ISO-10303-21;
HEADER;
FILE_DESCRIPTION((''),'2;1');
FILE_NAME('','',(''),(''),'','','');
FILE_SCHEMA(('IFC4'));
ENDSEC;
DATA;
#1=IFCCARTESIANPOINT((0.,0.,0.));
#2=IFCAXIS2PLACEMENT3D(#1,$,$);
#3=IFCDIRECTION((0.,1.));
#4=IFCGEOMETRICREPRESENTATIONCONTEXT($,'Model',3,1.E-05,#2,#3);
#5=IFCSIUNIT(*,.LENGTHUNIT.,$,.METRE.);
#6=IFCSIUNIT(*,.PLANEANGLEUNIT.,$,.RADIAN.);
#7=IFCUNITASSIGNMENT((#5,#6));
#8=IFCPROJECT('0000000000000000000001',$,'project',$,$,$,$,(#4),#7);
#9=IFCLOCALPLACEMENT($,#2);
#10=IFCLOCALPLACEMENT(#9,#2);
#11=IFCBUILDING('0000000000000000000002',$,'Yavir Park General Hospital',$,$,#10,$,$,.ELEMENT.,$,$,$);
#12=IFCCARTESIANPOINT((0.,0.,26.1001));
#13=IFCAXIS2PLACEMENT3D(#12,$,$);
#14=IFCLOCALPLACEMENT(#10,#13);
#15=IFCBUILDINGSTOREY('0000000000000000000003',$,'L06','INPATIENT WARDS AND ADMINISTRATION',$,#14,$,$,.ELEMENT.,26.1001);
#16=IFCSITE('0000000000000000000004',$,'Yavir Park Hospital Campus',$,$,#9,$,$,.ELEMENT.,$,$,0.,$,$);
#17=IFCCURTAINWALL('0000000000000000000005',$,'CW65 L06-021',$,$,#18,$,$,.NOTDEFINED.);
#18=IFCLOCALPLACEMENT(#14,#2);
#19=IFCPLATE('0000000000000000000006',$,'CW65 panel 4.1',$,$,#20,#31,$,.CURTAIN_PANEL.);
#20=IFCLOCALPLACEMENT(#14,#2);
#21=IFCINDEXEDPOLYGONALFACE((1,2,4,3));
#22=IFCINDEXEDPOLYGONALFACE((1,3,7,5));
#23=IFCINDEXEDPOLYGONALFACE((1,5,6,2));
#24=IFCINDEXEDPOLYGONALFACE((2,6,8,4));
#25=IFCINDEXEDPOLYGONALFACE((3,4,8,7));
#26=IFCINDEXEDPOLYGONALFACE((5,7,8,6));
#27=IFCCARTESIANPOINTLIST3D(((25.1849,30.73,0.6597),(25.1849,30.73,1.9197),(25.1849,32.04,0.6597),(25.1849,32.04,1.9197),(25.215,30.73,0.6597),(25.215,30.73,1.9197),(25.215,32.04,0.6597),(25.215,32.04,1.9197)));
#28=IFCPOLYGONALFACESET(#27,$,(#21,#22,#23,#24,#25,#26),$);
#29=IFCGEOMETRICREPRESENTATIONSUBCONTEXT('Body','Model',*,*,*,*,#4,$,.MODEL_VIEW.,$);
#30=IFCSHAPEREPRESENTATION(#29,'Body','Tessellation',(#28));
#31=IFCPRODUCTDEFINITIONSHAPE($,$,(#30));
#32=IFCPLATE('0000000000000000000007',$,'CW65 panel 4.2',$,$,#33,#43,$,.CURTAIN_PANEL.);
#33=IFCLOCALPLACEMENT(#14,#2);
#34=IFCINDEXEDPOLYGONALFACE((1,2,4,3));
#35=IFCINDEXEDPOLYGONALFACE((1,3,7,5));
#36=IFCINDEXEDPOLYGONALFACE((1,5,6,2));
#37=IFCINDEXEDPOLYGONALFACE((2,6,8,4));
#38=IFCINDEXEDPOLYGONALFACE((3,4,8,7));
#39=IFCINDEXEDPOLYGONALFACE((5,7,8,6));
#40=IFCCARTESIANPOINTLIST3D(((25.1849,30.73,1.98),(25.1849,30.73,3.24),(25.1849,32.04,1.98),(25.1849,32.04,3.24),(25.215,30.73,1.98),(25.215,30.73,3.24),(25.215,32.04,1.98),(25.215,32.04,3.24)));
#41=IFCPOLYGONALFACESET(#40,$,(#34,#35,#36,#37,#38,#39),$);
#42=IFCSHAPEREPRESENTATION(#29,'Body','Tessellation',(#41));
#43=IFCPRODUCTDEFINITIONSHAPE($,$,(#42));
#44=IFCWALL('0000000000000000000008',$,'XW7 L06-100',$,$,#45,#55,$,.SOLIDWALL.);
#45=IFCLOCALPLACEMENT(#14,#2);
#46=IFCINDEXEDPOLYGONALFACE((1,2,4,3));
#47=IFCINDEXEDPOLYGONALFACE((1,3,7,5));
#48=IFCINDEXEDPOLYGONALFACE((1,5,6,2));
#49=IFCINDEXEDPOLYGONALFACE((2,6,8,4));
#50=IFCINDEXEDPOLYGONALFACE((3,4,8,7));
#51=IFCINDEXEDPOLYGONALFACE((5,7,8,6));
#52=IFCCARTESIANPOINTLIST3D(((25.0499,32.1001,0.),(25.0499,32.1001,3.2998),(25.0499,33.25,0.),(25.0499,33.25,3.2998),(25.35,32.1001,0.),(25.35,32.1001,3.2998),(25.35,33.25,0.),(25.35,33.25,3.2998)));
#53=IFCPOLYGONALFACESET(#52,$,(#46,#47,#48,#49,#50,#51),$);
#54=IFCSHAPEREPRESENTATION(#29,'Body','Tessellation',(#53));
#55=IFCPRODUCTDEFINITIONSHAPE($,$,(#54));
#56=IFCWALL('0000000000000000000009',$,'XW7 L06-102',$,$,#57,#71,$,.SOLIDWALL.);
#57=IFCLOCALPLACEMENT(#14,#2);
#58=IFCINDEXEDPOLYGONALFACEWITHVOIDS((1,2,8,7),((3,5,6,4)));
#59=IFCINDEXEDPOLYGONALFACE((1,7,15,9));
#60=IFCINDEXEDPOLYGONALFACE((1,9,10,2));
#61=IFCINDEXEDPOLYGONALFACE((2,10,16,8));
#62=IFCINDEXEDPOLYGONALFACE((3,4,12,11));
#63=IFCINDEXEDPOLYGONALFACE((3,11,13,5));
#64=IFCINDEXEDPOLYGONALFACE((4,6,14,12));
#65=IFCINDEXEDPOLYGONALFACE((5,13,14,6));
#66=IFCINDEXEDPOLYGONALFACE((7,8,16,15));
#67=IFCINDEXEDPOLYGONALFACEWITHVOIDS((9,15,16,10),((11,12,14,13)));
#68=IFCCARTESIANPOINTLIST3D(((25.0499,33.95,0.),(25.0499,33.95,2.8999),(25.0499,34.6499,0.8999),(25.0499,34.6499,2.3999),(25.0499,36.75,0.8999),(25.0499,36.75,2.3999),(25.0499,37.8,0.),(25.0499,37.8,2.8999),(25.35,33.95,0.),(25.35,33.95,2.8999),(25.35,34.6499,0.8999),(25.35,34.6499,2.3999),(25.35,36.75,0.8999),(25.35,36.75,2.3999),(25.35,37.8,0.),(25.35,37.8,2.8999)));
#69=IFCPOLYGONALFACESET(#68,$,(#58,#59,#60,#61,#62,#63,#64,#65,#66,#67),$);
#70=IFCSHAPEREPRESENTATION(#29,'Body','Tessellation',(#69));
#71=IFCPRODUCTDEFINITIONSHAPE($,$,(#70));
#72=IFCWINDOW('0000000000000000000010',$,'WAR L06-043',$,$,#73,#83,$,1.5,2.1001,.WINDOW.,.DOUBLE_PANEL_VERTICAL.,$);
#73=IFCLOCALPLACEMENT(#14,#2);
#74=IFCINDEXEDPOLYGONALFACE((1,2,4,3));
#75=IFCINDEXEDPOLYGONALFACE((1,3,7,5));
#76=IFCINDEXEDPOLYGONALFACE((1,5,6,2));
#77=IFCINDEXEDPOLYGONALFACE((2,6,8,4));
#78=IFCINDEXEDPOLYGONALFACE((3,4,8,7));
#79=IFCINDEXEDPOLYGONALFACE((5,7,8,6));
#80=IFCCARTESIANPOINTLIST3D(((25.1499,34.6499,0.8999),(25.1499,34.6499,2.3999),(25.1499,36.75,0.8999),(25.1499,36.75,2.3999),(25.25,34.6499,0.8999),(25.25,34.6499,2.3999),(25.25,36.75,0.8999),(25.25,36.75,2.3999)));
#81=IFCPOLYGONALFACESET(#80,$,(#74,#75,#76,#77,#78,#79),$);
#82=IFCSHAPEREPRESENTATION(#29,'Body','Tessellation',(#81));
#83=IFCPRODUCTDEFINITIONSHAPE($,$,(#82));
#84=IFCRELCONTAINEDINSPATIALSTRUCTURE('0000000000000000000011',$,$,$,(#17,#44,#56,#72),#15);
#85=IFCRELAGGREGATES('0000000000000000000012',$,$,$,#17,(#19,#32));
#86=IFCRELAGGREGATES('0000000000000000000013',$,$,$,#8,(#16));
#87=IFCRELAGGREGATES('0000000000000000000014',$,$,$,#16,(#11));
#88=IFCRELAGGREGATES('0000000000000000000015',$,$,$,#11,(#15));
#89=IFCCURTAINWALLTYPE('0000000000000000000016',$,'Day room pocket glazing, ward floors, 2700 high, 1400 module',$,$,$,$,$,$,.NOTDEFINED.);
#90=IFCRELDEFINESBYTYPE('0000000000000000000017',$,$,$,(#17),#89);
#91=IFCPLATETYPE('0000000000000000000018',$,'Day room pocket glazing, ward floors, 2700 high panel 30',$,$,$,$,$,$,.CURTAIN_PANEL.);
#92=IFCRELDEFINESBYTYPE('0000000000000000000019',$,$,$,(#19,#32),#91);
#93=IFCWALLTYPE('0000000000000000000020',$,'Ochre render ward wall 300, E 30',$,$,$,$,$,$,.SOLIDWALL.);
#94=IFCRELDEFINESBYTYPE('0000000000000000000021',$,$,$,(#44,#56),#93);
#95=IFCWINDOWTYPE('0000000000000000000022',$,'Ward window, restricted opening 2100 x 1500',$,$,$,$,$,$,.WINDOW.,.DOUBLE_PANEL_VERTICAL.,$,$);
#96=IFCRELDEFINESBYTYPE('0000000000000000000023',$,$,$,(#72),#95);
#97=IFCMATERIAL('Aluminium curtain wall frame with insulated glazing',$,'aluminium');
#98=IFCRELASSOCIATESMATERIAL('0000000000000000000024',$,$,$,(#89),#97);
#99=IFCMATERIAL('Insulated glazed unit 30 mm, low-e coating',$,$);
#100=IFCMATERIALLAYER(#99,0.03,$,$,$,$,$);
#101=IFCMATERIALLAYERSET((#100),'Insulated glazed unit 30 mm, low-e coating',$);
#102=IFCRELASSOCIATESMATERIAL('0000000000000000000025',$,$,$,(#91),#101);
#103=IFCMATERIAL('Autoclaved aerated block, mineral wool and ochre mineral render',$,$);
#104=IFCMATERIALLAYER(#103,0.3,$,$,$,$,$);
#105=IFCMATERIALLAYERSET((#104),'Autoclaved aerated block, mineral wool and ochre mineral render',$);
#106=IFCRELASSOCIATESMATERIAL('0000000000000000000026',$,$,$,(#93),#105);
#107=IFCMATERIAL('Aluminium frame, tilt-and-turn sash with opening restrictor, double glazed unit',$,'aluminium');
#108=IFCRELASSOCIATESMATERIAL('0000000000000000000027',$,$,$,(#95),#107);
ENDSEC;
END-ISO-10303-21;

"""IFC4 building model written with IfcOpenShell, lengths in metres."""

from ifc_helpers import new_model, si_unit, direction, frame, frame_2d, origin, origin_2d, place, context, subcontext, project, spatial, rectangle, extrude, material, layer, layer_set, type_object, element, fill, aggregate, save


model = new_model("IFC4")

# Units and contexts
model_context = context("Model", 3, precision=1e-05, world=origin(), true_north=direction((0.0, 1.0)))
body_context = subcontext(model_context, "Body", "Model", "MODEL_VIEW")
ifc_project = project(units=[si_unit("LENGTHUNIT", "METRE"), si_unit("PLANEANGLEUNIT", "RADIAN")], contexts=[model_context])

# Site, building, storey
site_placement = place(None, origin())
site = spatial("IfcSite", under=ifc_project, at=site_placement, Name="Yavir Park Hospital Campus", CompositionType="ELEMENT", RefElevation=0.0)
building_placement = place(site_placement, origin())
building = spatial("IfcBuilding", under=site, at=building_placement, Name="Yavir Park General Hospital", CompositionType="ELEMENT")
storey_placement = place(building_placement, frame((0.0, 0.0, 26.1001)))
storey = spatial("IfcBuildingStorey", under=building, at=storey_placement, Name="L06", Description="INPATIENT WARDS AND ADMINISTRATION", CompositionType="ELEMENT", Elevation=26.1001)

# Curtain wall
ifc_material_1 = material(Name="Aluminium curtain wall frame with insulated glazing", Category="aluminium")
curtain_wall_type = type_object("IfcCurtainWallType", Name="Day room pocket glazing, ward floors, 2700 high, 1400 module", PredefinedType="NOTDEFINED", material=ifc_material_1)
curtain_wall_placement = place(storey_placement, origin())
curtain_wall = element("IfcCurtainWall", 1, at=curtain_wall_placement, inside=storey, type_object=curtain_wall_type, Name="CW65 L06-021", PredefinedType="NOTDEFINED")

# Plates
ifc_material_2 = material(Name="Insulated glazed unit 30 mm, low-e coating")
ifc_layer_1 = layer(ifc_material_2, 0.03)
ifc_layer_set_1 = layer_set([ifc_layer_1], Name="Insulated glazed unit 30 mm, low-e coating")
plate_type = type_object("IfcPlateType", Name="Day room pocket glazing, ward floors, 2700 high panel 30", PredefinedType="CURTAIN_PANEL", material=ifc_layer_set_1)
plate_1_placement = place(storey_placement, frame((25.2, 31.385, 0.6597), z_axis=(0.0, 0.0, 1.0), x_axis=(0.0, 1.0, 0.0)))
plate_1 = element("IfcPlate", 2, at=plate_1_placement, type_object=plate_type, Name="CW65 panel 4.1", PredefinedType="CURTAIN_PANEL", context=body_context, shape_type="SweptSolid", body=[
    extrude(rectangle(XDim=1.3101, YDim=0.03, at=origin_2d()), origin(), (0.0, 0.0, 1.0), 1.26),
])
plate_2_placement = place(storey_placement, frame((25.2, 31.385, 1.98), z_axis=(0.0, 0.0, 1.0), x_axis=(0.0, 1.0, 0.0)))
plate_2 = element("IfcPlate", 3, at=plate_2_placement, type_object=plate_type, Name="CW65 panel 4.2", PredefinedType="CURTAIN_PANEL", context=body_context, shape_type="SweptSolid", body=[
    extrude(rectangle(XDim=1.3101, YDim=0.03, at=origin_2d()), origin(), (0.0, 0.0, 1.0), 1.26),
])
aggregate(curtain_wall, [plate_1, plate_2])

# Wall
ifc_material_3 = material(Name="Autoclaved aerated block, mineral wool and ochre mineral render")
ifc_layer_2 = layer(ifc_material_3, 0.3)
ifc_layer_set_2 = layer_set([ifc_layer_2], Name="Autoclaved aerated block, mineral wool and ochre mineral render")
wall_type = type_object("IfcWallType", Name="Ochre render ward wall 300, E 30", PredefinedType="SOLIDWALL", material=ifc_layer_set_2)
wall_1_placement = place(storey_placement, frame((25.2, 32.1001, 0.0), z_axis=(0.0, 0.0, 1.0), x_axis=(0.0, 1.0, 0.0)))
element("IfcWall", 4, at=wall_1_placement, inside=storey, type_object=wall_type, Name="XW7 L06-100", PredefinedType="SOLIDWALL", context=body_context, shape_type="SweptSolid", body=[
    extrude(rectangle(XDim=1.1499, YDim=0.3, at=frame_2d((0.575, 0.0))), origin(), (0.0, 0.0, 1.0), 3.2998),
])

# Wall, opening, window
wall_2_placement = place(storey_placement, frame((25.2, 33.95, 0.0), z_axis=(0.0, 0.0, 1.0), x_axis=(0.0, 1.0, 0.0)))
wall_2 = element("IfcWall", 5, at=wall_2_placement, inside=storey, type_object=wall_type, Name="XW7 L06-102", PredefinedType="SOLIDWALL", context=body_context, shape_type="SweptSolid", body=[
    extrude(rectangle(XDim=3.8501, YDim=0.3, at=frame_2d((1.925, 0.0))), origin(), (0.0, 0.0, 1.0), 2.8999),
])
opening_placement = place(wall_2_placement, frame((0.7, 0.0, 0.8999)))
opening = element("IfcOpeningElement", 6, at=opening_placement, cuts=wall_2, PredefinedType="OPENING", context=body_context, shape_type="SweptSolid", body=[
    extrude(rectangle(XDim=2.1001, YDim=1.5, at=frame_2d((1.05, 0.75))), frame((0.0, 0.1599, 0.0), z_axis=(0.0, -1.0, 0.0), x_axis=(1.0, 0.0, 0.0)), (0.0, 0.0, 1.0), 0.3201),
])
ifc_material_4 = material(Name="Aluminium frame, tilt-and-turn sash with opening restrictor, double glazed unit", Category="aluminium")
window_type = type_object("IfcWindowType", Name="Ward window, restricted opening 2100 x 1500", PartitioningType="DOUBLE_PANEL_VERTICAL", PredefinedType="WINDOW", material=ifc_material_4)
window_placement = place(opening_placement, origin())
window = element("IfcWindow", 7, at=window_placement, inside=storey, type_object=window_type, Name="WAR L06-043", OverallHeight=1.5, OverallWidth=2.1001, PartitioningType="DOUBLE_PANEL_VERTICAL", PredefinedType="WINDOW", context=body_context, shape_type="SweptSolid", body=[
    extrude(rectangle(XDim=2.1001, YDim=1.5, at=frame_2d((1.05, 0.75))), frame((0.0, 0.05, 0.0), z_axis=(0.0, -1.0, 0.0), x_axis=(1.0, 0.0, 0.0)), (0.0, 0.0, 1.0), 0.1001),
])
fill(opening, window)

save(model, "model.ifc")
